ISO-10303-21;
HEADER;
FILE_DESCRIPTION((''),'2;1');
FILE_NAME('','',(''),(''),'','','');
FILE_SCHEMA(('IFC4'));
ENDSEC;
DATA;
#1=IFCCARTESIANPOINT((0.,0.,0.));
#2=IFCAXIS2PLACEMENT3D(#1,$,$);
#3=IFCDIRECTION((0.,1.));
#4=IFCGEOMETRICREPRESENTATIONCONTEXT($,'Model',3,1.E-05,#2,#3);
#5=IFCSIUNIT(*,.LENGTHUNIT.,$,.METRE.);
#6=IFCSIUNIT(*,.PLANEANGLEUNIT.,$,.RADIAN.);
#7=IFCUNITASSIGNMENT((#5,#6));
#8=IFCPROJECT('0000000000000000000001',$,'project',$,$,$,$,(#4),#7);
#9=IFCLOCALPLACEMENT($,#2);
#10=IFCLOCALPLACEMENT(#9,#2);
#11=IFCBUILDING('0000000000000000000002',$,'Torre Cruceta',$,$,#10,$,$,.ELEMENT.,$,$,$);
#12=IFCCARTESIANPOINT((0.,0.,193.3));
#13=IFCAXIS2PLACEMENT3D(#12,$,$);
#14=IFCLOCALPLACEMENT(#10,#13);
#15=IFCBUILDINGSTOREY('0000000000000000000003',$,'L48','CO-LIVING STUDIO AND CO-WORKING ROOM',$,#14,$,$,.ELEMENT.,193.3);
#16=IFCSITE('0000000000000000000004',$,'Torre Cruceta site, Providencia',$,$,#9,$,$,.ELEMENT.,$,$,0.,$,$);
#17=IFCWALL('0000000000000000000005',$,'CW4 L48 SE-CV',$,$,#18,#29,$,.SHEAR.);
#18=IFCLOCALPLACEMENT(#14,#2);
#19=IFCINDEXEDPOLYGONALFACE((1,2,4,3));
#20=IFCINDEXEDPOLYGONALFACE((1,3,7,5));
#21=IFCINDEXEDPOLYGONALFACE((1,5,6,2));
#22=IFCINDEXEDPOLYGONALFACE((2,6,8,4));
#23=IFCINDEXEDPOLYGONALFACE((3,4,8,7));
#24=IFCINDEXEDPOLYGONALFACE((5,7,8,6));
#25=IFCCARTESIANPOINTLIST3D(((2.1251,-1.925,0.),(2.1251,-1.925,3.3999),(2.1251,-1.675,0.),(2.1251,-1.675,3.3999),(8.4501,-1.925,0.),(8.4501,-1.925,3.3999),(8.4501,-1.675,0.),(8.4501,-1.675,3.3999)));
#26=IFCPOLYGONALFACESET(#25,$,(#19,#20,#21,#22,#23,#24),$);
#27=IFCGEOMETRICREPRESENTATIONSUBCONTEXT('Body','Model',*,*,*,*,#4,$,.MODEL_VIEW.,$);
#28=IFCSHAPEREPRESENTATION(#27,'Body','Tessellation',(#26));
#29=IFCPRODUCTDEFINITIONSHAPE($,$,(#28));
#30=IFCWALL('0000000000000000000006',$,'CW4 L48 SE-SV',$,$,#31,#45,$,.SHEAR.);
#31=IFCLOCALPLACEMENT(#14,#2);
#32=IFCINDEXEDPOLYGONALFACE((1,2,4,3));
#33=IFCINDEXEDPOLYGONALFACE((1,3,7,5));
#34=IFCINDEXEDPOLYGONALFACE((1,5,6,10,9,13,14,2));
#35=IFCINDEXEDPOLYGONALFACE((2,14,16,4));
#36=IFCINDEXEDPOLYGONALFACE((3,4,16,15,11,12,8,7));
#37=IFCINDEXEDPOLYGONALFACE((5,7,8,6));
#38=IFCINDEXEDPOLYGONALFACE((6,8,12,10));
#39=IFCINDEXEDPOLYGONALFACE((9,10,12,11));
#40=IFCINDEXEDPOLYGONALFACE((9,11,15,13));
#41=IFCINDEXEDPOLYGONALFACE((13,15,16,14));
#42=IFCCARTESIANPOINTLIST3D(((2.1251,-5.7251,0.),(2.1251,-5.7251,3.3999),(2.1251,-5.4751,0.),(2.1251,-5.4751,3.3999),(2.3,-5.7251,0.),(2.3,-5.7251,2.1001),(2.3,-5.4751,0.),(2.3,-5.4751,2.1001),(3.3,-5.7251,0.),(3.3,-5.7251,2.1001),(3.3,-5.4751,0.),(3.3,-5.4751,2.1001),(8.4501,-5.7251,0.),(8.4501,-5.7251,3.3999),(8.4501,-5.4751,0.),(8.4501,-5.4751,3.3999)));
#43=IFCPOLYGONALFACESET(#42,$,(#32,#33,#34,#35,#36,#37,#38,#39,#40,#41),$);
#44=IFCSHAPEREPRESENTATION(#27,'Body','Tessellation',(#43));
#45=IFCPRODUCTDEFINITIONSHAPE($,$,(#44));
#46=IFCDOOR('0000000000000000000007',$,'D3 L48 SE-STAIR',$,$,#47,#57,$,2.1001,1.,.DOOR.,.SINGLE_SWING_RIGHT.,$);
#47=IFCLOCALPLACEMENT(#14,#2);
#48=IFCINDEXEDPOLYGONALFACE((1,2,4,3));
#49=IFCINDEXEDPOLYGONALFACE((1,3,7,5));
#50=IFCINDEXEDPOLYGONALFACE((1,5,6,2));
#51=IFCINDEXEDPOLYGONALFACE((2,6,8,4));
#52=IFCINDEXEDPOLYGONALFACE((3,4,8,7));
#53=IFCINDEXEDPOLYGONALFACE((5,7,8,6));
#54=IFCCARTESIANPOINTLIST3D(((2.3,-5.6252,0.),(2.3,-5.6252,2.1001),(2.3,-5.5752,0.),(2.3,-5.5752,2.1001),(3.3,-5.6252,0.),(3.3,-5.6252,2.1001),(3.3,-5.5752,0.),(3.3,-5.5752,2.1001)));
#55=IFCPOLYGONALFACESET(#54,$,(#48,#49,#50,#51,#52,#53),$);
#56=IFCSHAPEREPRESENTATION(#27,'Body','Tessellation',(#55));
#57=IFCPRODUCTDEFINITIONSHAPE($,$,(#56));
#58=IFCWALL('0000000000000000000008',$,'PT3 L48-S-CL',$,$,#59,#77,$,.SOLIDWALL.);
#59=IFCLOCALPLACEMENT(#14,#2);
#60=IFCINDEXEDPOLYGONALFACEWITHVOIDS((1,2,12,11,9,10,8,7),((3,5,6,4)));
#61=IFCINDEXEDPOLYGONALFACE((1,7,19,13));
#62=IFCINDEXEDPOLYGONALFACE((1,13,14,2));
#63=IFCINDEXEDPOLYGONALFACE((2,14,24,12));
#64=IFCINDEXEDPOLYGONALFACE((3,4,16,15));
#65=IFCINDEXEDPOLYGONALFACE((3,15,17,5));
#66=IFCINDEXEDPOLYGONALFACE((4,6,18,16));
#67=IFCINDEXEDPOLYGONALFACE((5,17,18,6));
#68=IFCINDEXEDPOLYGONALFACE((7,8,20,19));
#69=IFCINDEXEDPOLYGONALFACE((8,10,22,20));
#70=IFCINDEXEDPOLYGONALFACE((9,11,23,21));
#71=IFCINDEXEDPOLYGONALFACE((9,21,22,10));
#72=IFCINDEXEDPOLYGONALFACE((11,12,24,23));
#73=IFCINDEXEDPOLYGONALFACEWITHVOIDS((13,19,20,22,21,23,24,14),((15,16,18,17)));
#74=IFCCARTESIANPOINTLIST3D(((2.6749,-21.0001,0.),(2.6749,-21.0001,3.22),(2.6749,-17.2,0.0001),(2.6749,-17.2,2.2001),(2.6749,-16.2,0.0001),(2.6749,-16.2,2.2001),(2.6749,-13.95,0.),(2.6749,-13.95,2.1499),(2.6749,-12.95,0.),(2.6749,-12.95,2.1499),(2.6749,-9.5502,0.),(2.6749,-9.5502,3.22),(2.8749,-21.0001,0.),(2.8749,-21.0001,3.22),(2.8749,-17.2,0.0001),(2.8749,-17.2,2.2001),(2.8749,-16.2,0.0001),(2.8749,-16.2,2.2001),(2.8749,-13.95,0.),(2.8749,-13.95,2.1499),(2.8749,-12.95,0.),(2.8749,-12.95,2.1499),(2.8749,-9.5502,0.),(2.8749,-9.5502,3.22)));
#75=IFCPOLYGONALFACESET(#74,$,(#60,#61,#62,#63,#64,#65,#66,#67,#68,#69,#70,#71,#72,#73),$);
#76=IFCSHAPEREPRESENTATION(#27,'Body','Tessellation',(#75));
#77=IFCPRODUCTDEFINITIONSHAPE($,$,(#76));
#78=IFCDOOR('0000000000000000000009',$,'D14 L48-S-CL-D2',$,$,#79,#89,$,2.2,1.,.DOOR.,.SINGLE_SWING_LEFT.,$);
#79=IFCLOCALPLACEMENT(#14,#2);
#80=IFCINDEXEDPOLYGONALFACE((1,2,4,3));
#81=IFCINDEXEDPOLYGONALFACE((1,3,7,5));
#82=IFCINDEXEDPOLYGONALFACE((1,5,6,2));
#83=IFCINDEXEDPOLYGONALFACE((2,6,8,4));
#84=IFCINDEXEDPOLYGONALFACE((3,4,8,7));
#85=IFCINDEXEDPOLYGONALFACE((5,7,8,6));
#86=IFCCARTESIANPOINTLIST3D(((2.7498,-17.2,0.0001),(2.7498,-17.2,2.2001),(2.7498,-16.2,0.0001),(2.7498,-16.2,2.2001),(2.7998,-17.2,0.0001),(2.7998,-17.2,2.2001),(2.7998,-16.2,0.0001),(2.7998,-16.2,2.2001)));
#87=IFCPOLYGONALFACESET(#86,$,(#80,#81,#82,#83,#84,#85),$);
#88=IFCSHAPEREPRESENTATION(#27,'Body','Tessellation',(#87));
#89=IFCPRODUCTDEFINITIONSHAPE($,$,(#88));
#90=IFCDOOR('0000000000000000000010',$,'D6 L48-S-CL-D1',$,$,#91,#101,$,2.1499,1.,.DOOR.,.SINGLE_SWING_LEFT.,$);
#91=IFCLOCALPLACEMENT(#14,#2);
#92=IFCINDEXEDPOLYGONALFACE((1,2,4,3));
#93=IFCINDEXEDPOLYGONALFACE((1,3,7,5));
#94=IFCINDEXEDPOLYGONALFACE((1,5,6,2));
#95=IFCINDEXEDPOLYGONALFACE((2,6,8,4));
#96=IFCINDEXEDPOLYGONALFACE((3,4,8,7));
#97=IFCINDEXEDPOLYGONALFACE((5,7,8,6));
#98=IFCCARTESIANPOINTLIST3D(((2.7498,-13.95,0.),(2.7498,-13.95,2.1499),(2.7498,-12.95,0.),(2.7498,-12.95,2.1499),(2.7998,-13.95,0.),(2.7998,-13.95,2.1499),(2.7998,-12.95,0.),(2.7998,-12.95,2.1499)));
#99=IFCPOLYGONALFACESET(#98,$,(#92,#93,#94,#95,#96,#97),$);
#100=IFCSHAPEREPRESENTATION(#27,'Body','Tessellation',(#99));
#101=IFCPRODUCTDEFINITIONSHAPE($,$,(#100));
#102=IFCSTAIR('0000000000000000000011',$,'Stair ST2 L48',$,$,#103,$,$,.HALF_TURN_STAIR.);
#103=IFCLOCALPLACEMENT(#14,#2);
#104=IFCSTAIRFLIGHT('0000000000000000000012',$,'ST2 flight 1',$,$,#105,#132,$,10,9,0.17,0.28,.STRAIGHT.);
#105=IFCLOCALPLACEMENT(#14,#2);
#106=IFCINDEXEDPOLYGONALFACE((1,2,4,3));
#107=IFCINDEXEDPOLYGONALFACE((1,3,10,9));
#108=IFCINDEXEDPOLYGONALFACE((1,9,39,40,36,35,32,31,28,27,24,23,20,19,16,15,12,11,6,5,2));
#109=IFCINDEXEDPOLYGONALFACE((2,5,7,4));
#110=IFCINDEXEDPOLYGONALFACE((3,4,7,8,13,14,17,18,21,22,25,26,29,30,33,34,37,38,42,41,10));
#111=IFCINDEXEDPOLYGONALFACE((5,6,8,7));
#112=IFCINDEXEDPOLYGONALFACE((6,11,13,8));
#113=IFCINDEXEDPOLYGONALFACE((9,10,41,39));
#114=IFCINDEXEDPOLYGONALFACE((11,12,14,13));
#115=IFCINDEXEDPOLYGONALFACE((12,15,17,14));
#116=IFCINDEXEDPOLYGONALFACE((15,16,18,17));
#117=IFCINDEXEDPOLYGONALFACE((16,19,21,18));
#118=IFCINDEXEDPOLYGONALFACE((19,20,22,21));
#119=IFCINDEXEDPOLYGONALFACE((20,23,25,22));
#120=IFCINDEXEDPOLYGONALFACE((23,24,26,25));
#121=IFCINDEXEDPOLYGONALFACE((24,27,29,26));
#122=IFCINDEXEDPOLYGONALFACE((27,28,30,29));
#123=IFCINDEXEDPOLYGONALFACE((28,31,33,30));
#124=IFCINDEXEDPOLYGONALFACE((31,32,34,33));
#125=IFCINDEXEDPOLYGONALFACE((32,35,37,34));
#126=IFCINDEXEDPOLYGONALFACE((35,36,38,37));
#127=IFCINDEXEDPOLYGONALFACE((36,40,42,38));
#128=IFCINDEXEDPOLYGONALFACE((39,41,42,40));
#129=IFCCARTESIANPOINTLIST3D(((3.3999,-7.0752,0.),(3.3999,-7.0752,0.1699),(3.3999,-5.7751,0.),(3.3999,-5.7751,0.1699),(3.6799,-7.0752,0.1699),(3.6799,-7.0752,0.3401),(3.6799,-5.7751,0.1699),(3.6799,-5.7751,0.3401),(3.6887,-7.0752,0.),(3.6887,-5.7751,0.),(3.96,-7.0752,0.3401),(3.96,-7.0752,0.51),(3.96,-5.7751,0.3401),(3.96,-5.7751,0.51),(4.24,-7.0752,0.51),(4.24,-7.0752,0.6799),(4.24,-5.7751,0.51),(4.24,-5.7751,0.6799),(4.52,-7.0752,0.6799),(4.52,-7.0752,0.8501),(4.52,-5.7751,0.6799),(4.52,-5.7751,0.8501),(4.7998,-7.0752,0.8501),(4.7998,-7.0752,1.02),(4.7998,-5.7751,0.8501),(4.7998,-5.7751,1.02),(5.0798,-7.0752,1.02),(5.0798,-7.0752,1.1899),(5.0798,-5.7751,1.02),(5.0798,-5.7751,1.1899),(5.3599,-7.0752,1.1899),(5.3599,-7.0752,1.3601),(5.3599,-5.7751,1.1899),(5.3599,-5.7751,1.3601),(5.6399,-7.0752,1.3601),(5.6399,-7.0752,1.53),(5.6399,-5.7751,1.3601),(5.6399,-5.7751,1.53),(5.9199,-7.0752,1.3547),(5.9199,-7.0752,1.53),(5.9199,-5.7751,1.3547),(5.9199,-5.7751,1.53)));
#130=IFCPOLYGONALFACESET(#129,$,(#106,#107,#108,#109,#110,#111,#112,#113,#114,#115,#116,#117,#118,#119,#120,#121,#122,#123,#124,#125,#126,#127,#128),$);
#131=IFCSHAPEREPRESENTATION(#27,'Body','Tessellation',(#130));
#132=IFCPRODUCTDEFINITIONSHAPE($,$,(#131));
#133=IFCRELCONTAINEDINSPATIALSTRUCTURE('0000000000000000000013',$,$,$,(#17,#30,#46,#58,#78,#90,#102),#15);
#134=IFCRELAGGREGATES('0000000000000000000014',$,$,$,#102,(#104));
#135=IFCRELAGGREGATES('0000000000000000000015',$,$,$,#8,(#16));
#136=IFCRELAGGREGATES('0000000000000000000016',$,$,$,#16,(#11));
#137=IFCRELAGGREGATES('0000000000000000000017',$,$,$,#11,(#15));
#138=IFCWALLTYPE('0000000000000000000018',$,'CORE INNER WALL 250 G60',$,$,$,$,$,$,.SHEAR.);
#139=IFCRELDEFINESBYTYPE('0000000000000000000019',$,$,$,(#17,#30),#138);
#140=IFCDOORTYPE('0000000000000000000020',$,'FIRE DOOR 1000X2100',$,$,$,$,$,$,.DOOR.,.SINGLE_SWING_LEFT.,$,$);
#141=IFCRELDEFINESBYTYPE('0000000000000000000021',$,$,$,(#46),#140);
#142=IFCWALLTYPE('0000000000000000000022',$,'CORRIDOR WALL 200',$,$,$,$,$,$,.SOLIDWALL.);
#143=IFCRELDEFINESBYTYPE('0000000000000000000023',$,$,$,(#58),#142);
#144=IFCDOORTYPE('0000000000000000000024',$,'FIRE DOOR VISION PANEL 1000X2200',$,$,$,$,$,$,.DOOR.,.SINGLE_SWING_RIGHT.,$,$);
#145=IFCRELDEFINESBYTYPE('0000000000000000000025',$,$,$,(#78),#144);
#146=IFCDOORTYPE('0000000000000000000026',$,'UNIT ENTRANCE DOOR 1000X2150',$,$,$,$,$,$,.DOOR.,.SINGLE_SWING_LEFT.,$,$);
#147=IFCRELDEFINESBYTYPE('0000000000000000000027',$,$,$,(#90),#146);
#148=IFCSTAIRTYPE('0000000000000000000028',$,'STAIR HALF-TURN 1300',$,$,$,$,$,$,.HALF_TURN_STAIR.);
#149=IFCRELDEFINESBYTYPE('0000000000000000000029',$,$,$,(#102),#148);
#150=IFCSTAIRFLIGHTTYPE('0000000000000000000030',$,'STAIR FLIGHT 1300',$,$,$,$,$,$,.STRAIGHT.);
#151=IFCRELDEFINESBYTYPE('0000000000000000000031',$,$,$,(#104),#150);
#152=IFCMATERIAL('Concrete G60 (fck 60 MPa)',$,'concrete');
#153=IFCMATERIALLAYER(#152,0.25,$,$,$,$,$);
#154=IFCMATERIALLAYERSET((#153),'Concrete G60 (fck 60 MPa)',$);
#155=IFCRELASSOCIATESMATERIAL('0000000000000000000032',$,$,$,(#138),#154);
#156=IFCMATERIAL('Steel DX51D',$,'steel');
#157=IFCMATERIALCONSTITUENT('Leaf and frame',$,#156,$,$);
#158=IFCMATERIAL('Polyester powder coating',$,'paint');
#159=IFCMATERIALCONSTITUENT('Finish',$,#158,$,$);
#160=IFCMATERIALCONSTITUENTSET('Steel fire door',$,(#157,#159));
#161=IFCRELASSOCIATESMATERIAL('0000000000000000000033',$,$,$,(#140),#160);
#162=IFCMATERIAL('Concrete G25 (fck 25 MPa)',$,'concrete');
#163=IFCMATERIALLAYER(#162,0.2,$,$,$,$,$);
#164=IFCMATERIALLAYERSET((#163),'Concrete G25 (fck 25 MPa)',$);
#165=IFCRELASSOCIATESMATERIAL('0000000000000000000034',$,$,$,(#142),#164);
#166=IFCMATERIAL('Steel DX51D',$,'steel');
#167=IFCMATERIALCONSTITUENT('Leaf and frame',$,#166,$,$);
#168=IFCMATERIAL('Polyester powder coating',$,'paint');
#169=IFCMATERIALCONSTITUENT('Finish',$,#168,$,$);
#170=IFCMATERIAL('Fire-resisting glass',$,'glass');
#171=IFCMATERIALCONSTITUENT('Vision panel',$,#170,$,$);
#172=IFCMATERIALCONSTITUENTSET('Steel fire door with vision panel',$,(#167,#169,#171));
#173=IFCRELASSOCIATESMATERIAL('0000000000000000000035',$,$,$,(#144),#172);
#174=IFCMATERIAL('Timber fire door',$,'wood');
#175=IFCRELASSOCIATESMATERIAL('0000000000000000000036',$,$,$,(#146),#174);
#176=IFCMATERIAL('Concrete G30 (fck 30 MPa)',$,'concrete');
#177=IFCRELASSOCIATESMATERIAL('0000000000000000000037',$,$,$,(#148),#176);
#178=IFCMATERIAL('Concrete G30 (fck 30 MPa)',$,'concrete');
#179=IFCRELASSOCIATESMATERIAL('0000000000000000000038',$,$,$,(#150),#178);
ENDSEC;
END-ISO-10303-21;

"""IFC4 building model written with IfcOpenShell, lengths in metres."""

from ifc_helpers import new_model, si_unit, direction, frame, frame_2d, origin, place, context, subcontext, project, spatial, polyline, rectangle, outline, extrude, material, layer, layer_set, constituent, constituent_set, type_object, element, fill, aggregate, save


model = new_model("IFC4")

# Units and contexts
model_context = context("Model", 3, precision=1e-05, world=origin(), true_north=direction((0.0, 1.0)))
body_context = subcontext(model_context, "Body", "Model", "MODEL_VIEW")
ifc_project = project(units=[si_unit("LENGTHUNIT", "METRE"), si_unit("PLANEANGLEUNIT", "RADIAN")], contexts=[model_context])

# Site, building, storey
site_placement = place(None, origin())
site = spatial("IfcSite", under=ifc_project, at=site_placement, Name="Torre Cruceta site, Providencia", CompositionType="ELEMENT", RefElevation=0.0)
building_placement = place(site_placement, origin())
building = spatial("IfcBuilding", under=site, at=building_placement, Name="Torre Cruceta", CompositionType="ELEMENT")
storey_placement = place(building_placement, frame((0.0, 0.0, 193.3)))
storey = spatial("IfcBuildingStorey", under=building, at=storey_placement, Name="L48", Description="CO-LIVING STUDIO AND CO-WORKING ROOM", CompositionType="ELEMENT", Elevation=193.3)

# Shared definitions
ifc_material_1 = material(Name="Concrete G60 (fck 60 MPa)", Category="concrete")
ifc_layer_1 = layer(ifc_material_1, 0.25)
ifc_layer_set_1 = layer_set([ifc_layer_1], Name="Concrete G60 (fck 60 MPa)")
wall_type_1 = type_object("IfcWallType", Name="CORE INNER WALL 250 G60", PredefinedType="SHEAR", material=ifc_layer_set_1)
ifc_material_2 = material(Name="Steel DX51D", Category="steel")
ifc_constituent_1 = constituent(ifc_material_2, Name="Leaf and frame")
ifc_material_3 = material(Name="Polyester powder coating", Category="paint")
ifc_constituent_2 = constituent(ifc_material_3, Name="Finish")
ifc_constituent_set_1 = constituent_set(constituents=[ifc_constituent_1, ifc_constituent_2], Name="Steel fire door")
door_type_1 = type_object("IfcDoorType", Name="FIRE DOOR 1000X2100", OperationType="SINGLE_SWING_LEFT", PredefinedType="DOOR", material=ifc_constituent_set_1)

# Wall
wall_1_placement = place(storey_placement, frame((2.125, -1.8, 0.0), z_axis=(0.0, 0.0, 1.0), x_axis=(1.0, 0.0, 0.0)))
element("IfcWall", 1, at=wall_1_placement, inside=storey, type_object=wall_type_1, Name="CW4 L48 SE-CV", PredefinedType="SHEAR", context=body_context, shape_type="SweptSolid", body=[
    extrude(rectangle(XDim=6.325, YDim=0.25, at=frame_2d((3.1626, 0.0))), origin(), (0.0, 0.0, 1.0), 3.3999),
])

# Wall, opening, door
wall_2_placement = place(storey_placement, frame((2.125, -5.6001, 0.0), z_axis=(0.0, 0.0, 1.0), x_axis=(1.0, 0.0, 0.0)))
wall_2 = element("IfcWall", 2, at=wall_2_placement, inside=storey, type_object=wall_type_1, Name="CW4 L48 SE-SV", PredefinedType="SHEAR", context=body_context, shape_type="SweptSolid", body=[
    extrude(rectangle(XDim=6.325, YDim=0.25, at=frame_2d((3.1626, 0.0))), origin(), (0.0, 0.0, 1.0), 3.3999),
])
opening_1_placement = place(wall_2_placement, frame((0.175, 0.0, 0.0)))
opening_1 = element("IfcOpeningElement", 3, at=opening_1_placement, cuts=wall_2, PredefinedType="OPENING", context=body_context, shape_type="SweptSolid", body=[
    extrude(rectangle(XDim=1.0, YDim=2.1001, at=frame_2d((0.5, 1.05))), frame((0.0, 0.135, 0.0), z_axis=(0.0, -1.0, 0.0), x_axis=(1.0, 0.0, 0.0)), (0.0, 0.0, 1.0), 0.27),
])
door_1_placement = place(opening_1_placement, frame((1.0, 0.0, 0.0), z_axis=(0.0, 0.0, 1.0), x_axis=(-1.0, 0.0, 0.0)))
door_1 = element("IfcDoor", 4, at=door_1_placement, inside=storey, type_object=door_type_1, Name="D3 L48 SE-STAIR", OperationType="SINGLE_SWING_RIGHT", OverallHeight=2.1001, OverallWidth=1.0, PredefinedType="DOOR", context=body_context, shape_type="SweptSolid", body=[
    extrude(rectangle(XDim=1.0, YDim=2.1001, at=frame_2d((0.5, 1.05))), frame((0.0, 0.0251, 0.0), z_axis=(0.0, -1.0, 0.0), x_axis=(1.0, 0.0, 0.0)), (0.0, 0.0, 1.0), 0.05),
])
fill(opening_1, door_1)

# Wall, openings, doors
ifc_material_4 = material(Name="Concrete G25 (fck 25 MPa)", Category="concrete")
ifc_layer_2 = layer(ifc_material_4, 0.2)
ifc_layer_set_2 = layer_set([ifc_layer_2], Name="Concrete G25 (fck 25 MPa)")
wall_type_2 = type_object("IfcWallType", Name="CORRIDOR WALL 200", PredefinedType="SOLIDWALL", material=ifc_layer_set_2)
wall_3_placement = place(storey_placement, frame((2.7749, -9.55, 0.0), z_axis=(0.0, 0.0, 1.0), x_axis=(0.0, -1.0, 0.0)))
wall_3 = element("IfcWall", 5, at=wall_3_placement, inside=storey, type_object=wall_type_2, Name="PT3 L48-S-CL", PredefinedType="SOLIDWALL", context=body_context, shape_type="SweptSolid", body=[
    extrude(rectangle(XDim=11.45, YDim=0.2, at=frame_2d((5.7251, 0.0))), origin(), (0.0, 0.0, 1.0), 3.22),
])
opening_2_placement = place(wall_3_placement, frame((3.3999, 0.0, 0.0)))
opening_2 = element("IfcOpeningElement", 6, at=opening_2_placement, cuts=wall_3, PredefinedType="OPENING", context=body_context, shape_type="SweptSolid", body=[
    extrude(rectangle(XDim=1.0, YDim=2.1499, at=frame_2d((0.5, 1.075))), frame((0.0, 0.1099, 0.0), z_axis=(0.0, -1.0, 0.0), x_axis=(1.0, 0.0, 0.0)), (0.0, 0.0, 1.0), 0.22),
])
opening_3_placement = place(wall_3_placement, frame((6.6499, 0.0, 0.0)))
opening_3 = element("IfcOpeningElement", 7, at=opening_3_placement, cuts=wall_3, PredefinedType="OPENING", context=body_context, shape_type="SweptSolid", body=[
    extrude(rectangle(XDim=1.0, YDim=2.2, at=frame_2d((0.5, 1.1001))), frame((0.0, 0.1099, 0.0), z_axis=(0.0, -1.0, 0.0), x_axis=(1.0, 0.0, 0.0)), (0.0, 0.0, 1.0), 0.22),
])
ifc_material_5 = material(Name="Steel DX51D", Category="steel")
ifc_constituent_3 = constituent(ifc_material_5, Name="Leaf and frame")
ifc_material_6 = material(Name="Polyester powder coating", Category="paint")
ifc_constituent_4 = constituent(ifc_material_6, Name="Finish")
ifc_material_7 = material(Name="Fire-resisting glass", Category="glass")
ifc_constituent_5 = constituent(ifc_material_7, Name="Vision panel")
ifc_constituent_set_2 = constituent_set(constituents=[ifc_constituent_3, ifc_constituent_4, ifc_constituent_5], Name="Steel fire door with vision panel")
door_type_2 = type_object("IfcDoorType", Name="FIRE DOOR VISION PANEL 1000X2200", OperationType="SINGLE_SWING_RIGHT", PredefinedType="DOOR", material=ifc_constituent_set_2)
door_2_placement = place(opening_3_placement, origin())
door_2 = element("IfcDoor", 8, at=door_2_placement, inside=storey, type_object=door_type_2, Name="D14 L48-S-CL-D2", OperationType="SINGLE_SWING_LEFT", OverallHeight=2.2, OverallWidth=1.0, PredefinedType="DOOR", context=body_context, shape_type="SweptSolid", body=[
    extrude(rectangle(XDim=1.0, YDim=2.2, at=frame_2d((0.5, 1.1001))), frame((0.0, 0.0249, 0.0), z_axis=(0.0, -1.0, 0.0), x_axis=(1.0, 0.0, 0.0)), (0.0, 0.0, 1.0), 0.05),
])
fill(opening_3, door_2)
ifc_material_8 = material(Name="Timber fire door", Category="wood")
door_type_3 = type_object("IfcDoorType", Name="UNIT ENTRANCE DOOR 1000X2150", OperationType="SINGLE_SWING_LEFT", PredefinedType="DOOR", material=ifc_material_8)
door_3_placement = place(opening_2_placement, origin())
door_3 = element("IfcDoor", 9, at=door_3_placement, inside=storey, type_object=door_type_3, Name="D6 L48-S-CL-D1", OperationType="SINGLE_SWING_LEFT", OverallHeight=2.1499, OverallWidth=1.0, PredefinedType="DOOR", context=body_context, shape_type="SweptSolid", body=[
    extrude(rectangle(XDim=1.0, YDim=2.1499, at=frame_2d((0.5, 1.075))), frame((0.0, 0.0249, 0.0), z_axis=(0.0, -1.0, 0.0), x_axis=(1.0, 0.0, 0.0)), (0.0, 0.0, 1.0), 0.05),
])
fill(opening_2, door_3)

# Stair, stair flight
ifc_material_9 = material(Name="Concrete G30 (fck 30 MPa)", Category="concrete")
stair_type = type_object("IfcStairType", Name="STAIR HALF-TURN 1300", PredefinedType="HALF_TURN_STAIR", material=ifc_material_9)
stair_placement = place(storey_placement, origin())
stair = element("IfcStair", 10, at=stair_placement, inside=storey, type_object=stair_type, Name="Stair ST2 L48", PredefinedType="HALF_TURN_STAIR")
ifc_material_10 = material(Name="Concrete G30 (fck 30 MPa)", Category="concrete")
stair_flight_type = type_object("IfcStairFlightType", Name="STAIR FLIGHT 1300", PredefinedType="STRAIGHT", material=ifc_material_10)
stair_flight_placement = place(storey_placement, frame((3.3999, -6.425, 0.0), z_axis=(0.0, 0.0, 1.0), x_axis=(1.0, 0.0, 0.0)))
stair_flight = element("IfcStairFlight", 11, at=stair_flight_placement, type_object=stair_flight_type, Name="ST2 flight 1", NumberOfRisers=10, NumberOfTreads=9, PredefinedType="STRAIGHT", RiserHeight=0.17, TreadLength=0.28, context=body_context, shape_type="SweptSolid", body=[
    extrude(outline(polyline([(0.0, 0.0), (0.0, 0.1699), (0.28, 0.1699), (0.28, 0.3401), (0.5601, 0.3401), (0.5601, 0.51), (0.8401, 0.51), (0.8401, 0.6799), (1.1201, 0.6799), (1.1201, 0.8501), (1.3999, 0.8501), (1.3999, 1.02), (1.6799, 1.02), (1.6799, 1.1899), (1.96, 1.1899), (1.96, 1.3601), (2.24, 1.3601), (2.24, 1.53), (2.52, 1.53), (2.52, 1.7), (2.52, 1.3547), (0.2888, 0.0), (0.0, 0.0)])), frame((0.0, 0.6499, 0.0), z_axis=(0.0, -1.0, 0.0), x_axis=(1.0, 0.0, 0.0)), (0.0, 0.0, 1.0), 1.3),
])
aggregate(stair, [stair_flight])

save(model, "model.ifc")
